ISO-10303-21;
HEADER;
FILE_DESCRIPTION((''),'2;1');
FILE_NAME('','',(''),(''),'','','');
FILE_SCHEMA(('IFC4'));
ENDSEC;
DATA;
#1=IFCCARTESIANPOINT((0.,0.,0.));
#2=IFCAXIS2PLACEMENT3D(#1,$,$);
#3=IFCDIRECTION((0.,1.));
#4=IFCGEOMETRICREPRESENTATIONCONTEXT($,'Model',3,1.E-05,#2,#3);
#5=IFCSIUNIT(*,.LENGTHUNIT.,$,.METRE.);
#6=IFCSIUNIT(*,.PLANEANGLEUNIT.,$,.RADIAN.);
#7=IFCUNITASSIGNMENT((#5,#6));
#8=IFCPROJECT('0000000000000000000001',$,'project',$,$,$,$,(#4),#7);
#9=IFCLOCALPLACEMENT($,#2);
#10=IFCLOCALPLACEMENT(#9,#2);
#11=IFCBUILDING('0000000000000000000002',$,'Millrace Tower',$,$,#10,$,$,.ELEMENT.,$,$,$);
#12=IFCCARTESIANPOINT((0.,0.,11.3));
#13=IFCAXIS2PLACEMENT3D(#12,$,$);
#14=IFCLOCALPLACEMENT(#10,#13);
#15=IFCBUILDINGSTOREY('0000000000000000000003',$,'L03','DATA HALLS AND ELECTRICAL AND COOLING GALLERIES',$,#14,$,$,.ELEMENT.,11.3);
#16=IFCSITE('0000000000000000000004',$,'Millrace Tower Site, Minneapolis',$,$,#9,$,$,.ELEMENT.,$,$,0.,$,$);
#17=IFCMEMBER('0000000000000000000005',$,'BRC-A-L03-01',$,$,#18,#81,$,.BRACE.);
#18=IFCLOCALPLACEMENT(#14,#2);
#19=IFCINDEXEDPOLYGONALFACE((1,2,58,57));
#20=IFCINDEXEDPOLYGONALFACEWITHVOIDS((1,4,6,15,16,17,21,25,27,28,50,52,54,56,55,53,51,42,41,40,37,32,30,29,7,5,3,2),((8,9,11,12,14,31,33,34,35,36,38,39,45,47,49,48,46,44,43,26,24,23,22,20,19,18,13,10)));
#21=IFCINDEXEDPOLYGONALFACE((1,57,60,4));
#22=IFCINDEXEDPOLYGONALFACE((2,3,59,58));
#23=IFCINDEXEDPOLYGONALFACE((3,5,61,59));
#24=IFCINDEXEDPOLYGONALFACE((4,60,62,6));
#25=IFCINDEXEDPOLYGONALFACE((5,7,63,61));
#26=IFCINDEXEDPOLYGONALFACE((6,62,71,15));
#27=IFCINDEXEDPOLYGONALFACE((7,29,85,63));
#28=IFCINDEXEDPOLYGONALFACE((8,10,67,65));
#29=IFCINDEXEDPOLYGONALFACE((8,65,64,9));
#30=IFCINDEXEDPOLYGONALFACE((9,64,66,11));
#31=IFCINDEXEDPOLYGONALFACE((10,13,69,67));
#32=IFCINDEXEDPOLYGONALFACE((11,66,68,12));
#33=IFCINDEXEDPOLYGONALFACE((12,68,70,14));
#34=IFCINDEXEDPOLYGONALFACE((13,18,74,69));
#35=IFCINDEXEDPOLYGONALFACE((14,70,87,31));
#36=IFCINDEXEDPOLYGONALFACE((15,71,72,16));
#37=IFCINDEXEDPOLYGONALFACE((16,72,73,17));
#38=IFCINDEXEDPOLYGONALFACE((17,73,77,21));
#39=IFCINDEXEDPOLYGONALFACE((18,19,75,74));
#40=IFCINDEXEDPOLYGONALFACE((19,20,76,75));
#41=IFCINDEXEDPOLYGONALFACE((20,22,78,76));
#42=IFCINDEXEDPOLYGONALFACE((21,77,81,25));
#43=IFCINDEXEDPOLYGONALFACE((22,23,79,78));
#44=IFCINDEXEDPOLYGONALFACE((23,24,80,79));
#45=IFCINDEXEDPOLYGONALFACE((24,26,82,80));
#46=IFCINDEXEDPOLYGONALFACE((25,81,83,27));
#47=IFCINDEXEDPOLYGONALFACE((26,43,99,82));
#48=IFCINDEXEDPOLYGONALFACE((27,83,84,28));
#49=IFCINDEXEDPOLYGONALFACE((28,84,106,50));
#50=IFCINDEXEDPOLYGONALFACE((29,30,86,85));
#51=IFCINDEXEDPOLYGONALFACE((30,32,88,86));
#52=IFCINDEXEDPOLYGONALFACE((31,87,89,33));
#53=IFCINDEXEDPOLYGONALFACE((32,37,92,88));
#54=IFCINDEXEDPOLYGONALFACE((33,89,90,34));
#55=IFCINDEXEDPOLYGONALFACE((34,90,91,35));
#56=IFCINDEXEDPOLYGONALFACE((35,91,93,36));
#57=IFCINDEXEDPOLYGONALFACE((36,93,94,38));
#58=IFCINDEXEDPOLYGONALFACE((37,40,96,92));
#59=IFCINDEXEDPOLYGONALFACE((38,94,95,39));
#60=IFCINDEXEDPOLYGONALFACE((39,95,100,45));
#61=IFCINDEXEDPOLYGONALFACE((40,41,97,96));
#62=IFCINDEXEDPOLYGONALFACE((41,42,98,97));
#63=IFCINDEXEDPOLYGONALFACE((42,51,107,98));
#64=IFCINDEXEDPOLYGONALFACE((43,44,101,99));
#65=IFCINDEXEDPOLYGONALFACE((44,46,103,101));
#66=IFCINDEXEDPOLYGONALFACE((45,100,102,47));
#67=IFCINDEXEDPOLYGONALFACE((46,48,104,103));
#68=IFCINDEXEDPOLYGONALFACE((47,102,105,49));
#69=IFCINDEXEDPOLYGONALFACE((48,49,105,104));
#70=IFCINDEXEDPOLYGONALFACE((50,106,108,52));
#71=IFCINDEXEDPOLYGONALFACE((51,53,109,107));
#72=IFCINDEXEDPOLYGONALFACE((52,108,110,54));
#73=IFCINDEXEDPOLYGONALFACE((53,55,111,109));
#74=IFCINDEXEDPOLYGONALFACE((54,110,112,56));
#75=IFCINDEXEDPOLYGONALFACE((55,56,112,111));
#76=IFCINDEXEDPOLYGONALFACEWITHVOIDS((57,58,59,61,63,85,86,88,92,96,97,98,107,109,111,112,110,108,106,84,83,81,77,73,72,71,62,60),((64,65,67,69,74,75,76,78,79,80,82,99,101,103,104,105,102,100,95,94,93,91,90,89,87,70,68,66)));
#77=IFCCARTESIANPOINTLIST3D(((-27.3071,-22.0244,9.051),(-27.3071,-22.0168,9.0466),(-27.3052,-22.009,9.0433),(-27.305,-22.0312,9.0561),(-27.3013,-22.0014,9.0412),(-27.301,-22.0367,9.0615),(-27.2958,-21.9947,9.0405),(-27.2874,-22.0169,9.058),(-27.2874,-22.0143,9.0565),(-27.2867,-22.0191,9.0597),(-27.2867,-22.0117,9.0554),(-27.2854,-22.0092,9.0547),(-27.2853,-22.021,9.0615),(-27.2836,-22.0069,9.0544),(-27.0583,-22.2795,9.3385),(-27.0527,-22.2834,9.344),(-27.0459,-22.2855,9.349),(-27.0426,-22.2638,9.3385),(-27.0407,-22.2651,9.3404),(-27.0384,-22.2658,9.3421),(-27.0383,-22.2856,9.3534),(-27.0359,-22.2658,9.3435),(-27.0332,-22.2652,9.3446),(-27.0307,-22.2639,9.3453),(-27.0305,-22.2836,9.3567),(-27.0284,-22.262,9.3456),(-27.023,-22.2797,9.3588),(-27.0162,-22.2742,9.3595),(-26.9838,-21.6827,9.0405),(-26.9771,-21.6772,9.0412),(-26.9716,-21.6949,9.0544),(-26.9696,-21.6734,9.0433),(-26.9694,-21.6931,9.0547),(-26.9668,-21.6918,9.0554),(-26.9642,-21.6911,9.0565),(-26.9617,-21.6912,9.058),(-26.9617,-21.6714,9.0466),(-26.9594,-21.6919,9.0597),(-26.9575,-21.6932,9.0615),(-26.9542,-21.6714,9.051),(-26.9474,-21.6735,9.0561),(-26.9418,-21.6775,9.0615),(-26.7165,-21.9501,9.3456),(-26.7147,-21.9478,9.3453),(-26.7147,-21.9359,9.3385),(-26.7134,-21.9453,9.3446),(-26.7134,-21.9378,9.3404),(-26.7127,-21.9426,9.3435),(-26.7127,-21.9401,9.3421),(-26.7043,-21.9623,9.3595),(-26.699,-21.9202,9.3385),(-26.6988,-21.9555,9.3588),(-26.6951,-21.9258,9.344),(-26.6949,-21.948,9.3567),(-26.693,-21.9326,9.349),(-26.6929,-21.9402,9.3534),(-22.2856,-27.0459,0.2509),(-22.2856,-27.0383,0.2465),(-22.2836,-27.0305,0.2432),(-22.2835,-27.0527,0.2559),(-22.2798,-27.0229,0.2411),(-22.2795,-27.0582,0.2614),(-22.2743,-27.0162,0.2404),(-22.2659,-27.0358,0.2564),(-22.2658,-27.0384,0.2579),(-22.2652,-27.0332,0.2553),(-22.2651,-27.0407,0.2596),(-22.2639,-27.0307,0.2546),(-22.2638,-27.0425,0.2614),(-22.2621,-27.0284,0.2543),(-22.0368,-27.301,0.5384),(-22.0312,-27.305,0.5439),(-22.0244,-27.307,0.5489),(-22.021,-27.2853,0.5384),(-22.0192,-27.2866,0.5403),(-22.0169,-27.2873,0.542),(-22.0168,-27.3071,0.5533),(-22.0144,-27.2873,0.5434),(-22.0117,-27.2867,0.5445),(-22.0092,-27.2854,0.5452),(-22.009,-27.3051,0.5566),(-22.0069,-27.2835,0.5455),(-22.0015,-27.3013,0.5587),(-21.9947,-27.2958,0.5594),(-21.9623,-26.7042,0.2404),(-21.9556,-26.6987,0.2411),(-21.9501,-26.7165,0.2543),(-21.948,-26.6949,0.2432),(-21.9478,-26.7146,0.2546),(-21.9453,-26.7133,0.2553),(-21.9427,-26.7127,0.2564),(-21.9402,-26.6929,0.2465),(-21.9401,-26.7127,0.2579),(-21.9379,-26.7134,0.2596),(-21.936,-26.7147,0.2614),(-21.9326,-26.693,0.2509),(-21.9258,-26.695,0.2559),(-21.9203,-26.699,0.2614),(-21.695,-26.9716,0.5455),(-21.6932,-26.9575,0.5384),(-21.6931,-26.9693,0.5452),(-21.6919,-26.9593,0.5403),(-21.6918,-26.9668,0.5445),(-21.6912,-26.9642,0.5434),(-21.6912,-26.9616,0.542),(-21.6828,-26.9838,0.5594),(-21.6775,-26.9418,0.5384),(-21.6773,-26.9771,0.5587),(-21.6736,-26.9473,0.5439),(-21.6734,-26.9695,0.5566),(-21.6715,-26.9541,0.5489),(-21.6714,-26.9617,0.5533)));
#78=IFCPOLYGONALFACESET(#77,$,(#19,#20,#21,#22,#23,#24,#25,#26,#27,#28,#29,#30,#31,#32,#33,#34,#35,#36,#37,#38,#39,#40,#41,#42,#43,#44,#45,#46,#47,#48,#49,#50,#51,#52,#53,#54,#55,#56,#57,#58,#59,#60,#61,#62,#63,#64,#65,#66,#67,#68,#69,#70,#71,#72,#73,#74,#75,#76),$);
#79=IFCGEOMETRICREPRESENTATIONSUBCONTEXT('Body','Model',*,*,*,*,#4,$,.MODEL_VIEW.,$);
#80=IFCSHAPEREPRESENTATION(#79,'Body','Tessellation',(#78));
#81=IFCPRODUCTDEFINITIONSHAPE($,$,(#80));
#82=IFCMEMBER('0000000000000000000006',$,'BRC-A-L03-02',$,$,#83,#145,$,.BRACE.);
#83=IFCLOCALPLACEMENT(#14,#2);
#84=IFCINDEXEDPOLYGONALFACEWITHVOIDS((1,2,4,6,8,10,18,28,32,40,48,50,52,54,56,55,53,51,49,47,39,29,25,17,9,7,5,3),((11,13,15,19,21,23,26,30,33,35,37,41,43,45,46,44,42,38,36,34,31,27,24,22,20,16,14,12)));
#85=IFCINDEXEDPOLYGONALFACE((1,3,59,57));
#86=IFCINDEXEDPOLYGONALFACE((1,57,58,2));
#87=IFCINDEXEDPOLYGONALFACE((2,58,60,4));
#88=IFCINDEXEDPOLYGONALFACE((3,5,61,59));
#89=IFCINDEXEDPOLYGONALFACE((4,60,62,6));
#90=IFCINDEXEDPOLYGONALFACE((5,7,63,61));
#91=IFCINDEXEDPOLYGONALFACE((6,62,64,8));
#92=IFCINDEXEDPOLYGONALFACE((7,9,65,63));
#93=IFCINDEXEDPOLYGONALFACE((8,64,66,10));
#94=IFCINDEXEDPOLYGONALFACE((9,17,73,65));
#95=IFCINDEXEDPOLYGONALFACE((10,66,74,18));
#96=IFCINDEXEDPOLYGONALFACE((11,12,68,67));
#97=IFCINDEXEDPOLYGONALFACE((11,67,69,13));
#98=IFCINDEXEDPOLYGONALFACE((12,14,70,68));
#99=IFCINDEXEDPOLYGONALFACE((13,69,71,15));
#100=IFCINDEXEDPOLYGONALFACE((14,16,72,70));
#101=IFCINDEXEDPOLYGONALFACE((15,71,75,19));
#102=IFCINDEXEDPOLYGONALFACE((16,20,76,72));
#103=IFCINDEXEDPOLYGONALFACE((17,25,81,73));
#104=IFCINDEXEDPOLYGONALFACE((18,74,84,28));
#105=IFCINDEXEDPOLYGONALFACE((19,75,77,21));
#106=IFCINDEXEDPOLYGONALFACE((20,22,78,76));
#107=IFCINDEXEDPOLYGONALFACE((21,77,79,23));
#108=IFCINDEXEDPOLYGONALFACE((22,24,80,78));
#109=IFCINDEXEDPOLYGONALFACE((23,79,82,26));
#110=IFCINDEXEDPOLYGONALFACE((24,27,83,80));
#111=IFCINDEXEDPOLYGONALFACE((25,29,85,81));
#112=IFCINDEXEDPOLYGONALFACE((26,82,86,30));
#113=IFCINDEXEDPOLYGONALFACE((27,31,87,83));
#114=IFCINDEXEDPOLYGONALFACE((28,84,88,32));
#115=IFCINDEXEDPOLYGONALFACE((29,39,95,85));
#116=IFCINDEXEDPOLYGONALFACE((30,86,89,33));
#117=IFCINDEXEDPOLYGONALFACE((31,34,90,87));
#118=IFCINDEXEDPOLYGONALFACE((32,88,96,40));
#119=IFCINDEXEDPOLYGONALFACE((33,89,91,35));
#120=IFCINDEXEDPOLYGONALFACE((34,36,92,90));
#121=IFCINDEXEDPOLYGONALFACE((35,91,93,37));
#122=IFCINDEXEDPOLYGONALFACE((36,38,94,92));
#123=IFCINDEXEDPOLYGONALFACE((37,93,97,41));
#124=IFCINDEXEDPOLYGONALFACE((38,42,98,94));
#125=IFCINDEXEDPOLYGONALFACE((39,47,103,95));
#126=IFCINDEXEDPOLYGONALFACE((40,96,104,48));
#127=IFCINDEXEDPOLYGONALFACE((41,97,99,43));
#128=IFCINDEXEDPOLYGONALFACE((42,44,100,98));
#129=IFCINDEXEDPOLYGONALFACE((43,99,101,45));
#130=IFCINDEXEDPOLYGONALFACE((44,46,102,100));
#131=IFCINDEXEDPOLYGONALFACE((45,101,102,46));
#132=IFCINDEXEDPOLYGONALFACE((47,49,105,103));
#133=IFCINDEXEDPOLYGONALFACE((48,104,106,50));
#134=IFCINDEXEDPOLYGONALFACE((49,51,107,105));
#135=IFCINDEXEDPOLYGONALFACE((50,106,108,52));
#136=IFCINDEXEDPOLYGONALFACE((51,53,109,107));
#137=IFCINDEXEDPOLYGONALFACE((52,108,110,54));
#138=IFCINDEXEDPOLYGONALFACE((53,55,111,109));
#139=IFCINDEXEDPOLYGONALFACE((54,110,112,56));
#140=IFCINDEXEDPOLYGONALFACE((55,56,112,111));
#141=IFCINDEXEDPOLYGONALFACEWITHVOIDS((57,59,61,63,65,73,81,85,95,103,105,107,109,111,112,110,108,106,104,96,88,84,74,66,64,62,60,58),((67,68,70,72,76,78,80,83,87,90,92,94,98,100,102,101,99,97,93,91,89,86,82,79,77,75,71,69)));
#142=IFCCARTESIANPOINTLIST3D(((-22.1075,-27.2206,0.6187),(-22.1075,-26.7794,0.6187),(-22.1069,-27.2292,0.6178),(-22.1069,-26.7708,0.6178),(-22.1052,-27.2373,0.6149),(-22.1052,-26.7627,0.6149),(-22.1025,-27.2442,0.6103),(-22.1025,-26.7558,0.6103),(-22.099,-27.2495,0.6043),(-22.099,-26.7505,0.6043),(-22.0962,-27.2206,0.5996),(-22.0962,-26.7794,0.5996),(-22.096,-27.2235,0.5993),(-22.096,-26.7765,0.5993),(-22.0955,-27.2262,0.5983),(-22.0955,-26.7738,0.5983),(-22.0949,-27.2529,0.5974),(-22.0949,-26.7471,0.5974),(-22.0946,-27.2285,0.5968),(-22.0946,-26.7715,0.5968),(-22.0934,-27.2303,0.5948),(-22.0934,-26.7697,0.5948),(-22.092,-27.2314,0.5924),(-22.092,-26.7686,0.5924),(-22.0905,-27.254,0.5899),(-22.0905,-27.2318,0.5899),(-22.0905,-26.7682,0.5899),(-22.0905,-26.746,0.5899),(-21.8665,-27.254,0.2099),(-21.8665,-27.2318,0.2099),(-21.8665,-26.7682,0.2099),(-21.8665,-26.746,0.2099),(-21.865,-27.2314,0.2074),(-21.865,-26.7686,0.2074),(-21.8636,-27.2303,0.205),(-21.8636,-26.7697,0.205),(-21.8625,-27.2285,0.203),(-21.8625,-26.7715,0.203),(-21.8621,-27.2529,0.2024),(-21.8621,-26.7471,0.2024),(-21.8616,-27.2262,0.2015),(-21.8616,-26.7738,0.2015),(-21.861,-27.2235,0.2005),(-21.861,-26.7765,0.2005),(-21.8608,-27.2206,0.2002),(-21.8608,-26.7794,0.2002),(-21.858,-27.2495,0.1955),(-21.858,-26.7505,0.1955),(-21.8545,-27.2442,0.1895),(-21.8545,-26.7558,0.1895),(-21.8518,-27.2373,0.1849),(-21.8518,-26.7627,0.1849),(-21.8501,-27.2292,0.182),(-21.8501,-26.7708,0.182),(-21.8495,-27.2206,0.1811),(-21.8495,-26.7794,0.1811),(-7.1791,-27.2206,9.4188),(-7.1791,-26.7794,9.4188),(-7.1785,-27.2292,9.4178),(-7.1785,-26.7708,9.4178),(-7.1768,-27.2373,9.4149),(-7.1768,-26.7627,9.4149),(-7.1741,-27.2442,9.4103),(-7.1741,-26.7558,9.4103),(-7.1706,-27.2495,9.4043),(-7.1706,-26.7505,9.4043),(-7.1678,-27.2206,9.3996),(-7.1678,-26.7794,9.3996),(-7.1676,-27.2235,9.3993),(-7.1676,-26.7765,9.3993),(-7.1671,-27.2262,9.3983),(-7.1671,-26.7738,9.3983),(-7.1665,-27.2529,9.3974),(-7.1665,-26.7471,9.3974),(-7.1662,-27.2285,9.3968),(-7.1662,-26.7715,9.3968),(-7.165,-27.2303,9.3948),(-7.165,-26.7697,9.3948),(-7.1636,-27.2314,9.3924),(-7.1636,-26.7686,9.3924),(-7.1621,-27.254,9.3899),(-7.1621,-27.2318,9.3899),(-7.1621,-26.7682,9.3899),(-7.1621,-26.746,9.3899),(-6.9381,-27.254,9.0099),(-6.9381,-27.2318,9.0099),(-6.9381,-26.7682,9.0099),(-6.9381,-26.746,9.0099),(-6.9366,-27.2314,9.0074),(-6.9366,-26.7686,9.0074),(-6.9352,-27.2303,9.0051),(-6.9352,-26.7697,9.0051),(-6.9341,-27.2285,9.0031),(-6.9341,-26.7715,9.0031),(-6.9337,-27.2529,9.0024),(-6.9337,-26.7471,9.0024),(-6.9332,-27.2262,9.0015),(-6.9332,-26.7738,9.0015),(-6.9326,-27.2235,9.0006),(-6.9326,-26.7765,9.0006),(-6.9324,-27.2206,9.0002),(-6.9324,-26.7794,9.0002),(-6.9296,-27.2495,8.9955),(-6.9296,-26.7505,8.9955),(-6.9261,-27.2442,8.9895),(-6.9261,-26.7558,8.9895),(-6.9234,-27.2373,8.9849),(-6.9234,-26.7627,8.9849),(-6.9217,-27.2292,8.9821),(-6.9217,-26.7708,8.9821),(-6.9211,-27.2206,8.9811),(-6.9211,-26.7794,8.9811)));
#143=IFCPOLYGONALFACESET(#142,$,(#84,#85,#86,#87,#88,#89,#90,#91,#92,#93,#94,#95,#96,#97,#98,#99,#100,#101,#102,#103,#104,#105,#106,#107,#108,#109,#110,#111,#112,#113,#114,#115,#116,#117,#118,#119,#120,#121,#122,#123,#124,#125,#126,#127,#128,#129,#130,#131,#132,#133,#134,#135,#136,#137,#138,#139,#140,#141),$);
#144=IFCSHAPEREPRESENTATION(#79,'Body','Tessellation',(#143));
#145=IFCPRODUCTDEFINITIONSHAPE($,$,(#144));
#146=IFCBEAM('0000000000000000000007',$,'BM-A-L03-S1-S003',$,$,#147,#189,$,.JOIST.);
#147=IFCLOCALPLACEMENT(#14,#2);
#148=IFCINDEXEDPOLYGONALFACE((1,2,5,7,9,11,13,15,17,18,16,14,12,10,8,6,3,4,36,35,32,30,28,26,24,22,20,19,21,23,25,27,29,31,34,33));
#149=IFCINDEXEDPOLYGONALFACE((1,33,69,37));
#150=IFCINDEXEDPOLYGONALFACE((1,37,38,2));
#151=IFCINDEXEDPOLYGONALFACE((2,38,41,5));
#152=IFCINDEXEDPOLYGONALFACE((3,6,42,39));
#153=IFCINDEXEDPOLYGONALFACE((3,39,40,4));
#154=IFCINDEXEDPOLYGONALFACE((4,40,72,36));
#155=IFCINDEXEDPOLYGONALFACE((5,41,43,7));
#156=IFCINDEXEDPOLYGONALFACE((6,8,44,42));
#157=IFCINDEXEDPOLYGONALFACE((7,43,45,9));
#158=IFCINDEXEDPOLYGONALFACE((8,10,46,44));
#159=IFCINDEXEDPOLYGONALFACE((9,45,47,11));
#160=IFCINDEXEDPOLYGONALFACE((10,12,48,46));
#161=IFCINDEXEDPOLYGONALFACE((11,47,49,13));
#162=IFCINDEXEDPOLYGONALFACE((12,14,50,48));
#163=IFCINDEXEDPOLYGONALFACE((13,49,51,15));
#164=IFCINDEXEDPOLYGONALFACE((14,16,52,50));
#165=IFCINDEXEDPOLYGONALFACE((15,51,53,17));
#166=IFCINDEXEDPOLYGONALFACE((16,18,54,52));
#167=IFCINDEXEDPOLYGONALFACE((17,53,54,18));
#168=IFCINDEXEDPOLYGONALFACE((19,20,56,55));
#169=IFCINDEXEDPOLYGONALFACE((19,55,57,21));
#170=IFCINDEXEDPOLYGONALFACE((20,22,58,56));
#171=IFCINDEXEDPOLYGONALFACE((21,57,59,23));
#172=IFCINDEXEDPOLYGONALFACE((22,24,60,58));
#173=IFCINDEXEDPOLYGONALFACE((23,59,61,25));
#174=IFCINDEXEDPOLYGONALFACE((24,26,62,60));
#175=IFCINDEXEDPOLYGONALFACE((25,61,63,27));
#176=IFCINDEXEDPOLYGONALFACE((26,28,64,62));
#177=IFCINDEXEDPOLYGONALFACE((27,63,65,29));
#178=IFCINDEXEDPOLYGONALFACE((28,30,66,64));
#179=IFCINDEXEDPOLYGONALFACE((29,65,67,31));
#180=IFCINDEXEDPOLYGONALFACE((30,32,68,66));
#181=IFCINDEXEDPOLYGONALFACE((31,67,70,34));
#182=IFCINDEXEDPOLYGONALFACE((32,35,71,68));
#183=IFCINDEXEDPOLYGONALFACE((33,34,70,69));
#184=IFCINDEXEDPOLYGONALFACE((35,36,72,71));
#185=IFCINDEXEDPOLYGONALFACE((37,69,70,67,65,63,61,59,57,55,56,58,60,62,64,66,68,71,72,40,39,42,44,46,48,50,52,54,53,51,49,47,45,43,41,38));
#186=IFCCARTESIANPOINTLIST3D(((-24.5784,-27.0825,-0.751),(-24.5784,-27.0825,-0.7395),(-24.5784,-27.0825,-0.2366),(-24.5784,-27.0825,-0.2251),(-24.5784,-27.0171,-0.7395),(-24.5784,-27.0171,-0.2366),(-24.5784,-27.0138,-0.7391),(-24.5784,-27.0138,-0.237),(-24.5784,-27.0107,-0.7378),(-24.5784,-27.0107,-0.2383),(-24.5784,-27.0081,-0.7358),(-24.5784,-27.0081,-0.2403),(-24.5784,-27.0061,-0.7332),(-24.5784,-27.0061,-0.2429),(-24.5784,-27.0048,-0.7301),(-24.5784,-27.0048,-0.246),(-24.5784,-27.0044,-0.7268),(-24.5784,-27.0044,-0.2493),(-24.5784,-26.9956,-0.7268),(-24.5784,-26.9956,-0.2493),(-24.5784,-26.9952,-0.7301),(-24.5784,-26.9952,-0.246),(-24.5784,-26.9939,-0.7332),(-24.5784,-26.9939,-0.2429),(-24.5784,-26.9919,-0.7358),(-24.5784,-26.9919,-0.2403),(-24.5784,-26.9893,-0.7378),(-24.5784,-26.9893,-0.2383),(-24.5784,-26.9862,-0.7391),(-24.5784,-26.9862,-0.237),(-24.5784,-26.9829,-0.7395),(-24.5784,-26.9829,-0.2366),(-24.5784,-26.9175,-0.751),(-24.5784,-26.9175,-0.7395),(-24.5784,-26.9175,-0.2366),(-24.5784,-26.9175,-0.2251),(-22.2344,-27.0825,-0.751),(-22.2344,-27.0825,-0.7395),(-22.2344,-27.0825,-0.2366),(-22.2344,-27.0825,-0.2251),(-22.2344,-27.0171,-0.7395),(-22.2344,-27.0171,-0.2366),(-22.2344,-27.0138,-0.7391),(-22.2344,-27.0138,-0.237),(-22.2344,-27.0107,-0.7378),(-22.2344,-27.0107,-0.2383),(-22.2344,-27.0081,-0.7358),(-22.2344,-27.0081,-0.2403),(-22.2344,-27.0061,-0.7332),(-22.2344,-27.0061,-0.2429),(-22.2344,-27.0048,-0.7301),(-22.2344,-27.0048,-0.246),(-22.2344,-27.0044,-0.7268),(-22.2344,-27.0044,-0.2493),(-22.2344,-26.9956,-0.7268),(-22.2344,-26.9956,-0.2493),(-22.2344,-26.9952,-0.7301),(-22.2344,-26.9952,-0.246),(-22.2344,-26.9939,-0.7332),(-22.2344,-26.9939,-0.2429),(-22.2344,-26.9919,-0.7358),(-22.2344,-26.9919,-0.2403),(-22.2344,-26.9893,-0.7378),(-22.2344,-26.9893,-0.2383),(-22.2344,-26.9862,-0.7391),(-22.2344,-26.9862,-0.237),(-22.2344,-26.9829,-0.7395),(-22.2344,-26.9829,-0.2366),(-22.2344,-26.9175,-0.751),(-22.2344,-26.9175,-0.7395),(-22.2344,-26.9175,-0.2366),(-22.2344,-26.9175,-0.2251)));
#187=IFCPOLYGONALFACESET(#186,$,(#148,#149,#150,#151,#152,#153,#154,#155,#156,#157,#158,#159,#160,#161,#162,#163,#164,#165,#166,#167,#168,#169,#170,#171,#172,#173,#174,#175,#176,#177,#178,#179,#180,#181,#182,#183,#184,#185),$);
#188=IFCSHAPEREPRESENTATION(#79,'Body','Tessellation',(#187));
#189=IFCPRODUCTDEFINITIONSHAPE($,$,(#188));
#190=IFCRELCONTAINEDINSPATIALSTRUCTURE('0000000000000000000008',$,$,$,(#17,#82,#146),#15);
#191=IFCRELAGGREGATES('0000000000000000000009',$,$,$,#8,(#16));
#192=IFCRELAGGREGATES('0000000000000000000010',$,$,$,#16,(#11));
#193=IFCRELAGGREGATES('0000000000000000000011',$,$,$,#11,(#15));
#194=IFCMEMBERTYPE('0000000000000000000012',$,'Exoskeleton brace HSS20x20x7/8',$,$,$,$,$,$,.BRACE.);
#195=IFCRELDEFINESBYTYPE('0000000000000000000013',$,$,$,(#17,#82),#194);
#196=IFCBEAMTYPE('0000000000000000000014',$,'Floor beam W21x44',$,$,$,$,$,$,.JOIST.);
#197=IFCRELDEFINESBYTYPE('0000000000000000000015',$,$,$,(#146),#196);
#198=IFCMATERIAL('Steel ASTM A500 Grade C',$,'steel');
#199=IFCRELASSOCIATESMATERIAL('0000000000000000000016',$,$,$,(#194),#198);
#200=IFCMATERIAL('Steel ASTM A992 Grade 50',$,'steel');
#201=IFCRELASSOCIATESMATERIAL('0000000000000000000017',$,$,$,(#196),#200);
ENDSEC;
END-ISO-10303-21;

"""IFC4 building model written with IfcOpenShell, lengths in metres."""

from ifc_helpers import new_model, si_unit, direction, frame, origin, origin_2d, place, context, subcontext, project, spatial, hollow_rectangle, i_section, extrude, material, material_profile, profile_set, type_object, element, save


model = new_model("IFC4")

# Units and contexts
model_context = context("Model", 3, precision=1e-05, world=origin(), true_north=direction((0.0, 1.0)))
body_context = subcontext(model_context, "Body", "Model", "MODEL_VIEW")
ifc_project = project(units=[si_unit("LENGTHUNIT", "METRE"), si_unit("PLANEANGLEUNIT", "RADIAN")], contexts=[model_context])

# Site, building, storey
site_placement = place(None, origin())
site = spatial("IfcSite", under=ifc_project, at=site_placement, Name="Millrace Tower Site, Minneapolis", CompositionType="ELEMENT", RefElevation=0.0)
building_placement = place(site_placement, origin())
building = spatial("IfcBuilding", under=site, at=building_placement, Name="Millrace Tower", CompositionType="ELEMENT")
storey_placement = place(building_placement, frame((0.0, 0.0, 11.3)))
storey = spatial("IfcBuildingStorey", under=building, at=storey_placement, Name="L03", Description="DATA HALLS AND ELECTRICAL AND COOLING GALLERIES", CompositionType="ELEMENT", Elevation=11.3)

# Members
ifc_material_1 = material(Name="Steel ASTM A500 Grade C", Category="steel")
ifc_material_profile_1 = material_profile(ifc_material_1, hollow_rectangle(XDim=0.5081, YDim=0.5081, WallThickness=0.0222, InnerFilletRadius=0.0112, OuterFilletRadius=0.0334, at=origin_2d()))
ifc_profile_set_1 = profile_set([ifc_material_profile_1], Name="Steel ASTM A500 Grade C")
member_type_1 = type_object("IfcMemberType", Name="Exoskeleton brace HSS20x20x7/8", PredefinedType="BRACE", material=ifc_profile_set_1)
member_1_placement = place(storey_placement, frame((-21.9785, -27.0, 0.3999), z_axis=(-0.444064, 0.444064, 0.778213), x_axis=(-0.707107, -0.707107, 0.0)))
element("IfcMember", 1, at=member_1_placement, inside=storey, type_object=member_type_1, Name="BRC-A-L03-01", PredefinedType="BRACE", context=body_context, shape_type="SweptSolid", body=[
    extrude(hollow_rectangle(XDim=0.5081, YDim=0.5081, WallThickness=0.0222, InnerFilletRadius=0.0112, OuterFilletRadius=0.0334, at=origin_2d()), origin(), (0.0, 0.0, 1.0), 11.3081),
])
member_2_placement = place(storey_placement, frame((-21.9785, -27.0, 0.3999), z_axis=(0.861465, 0.0, 0.507817), x_axis=(0.0, 1.0, 0.0)))
element("IfcMember", 2, at=member_2_placement, inside=storey, type_object=member_type_1, Name="BRC-A-L03-02", PredefinedType="BRACE", context=body_context, shape_type="SweptSolid", body=[
    extrude(hollow_rectangle(XDim=0.5081, YDim=0.5081, WallThickness=0.0222, InnerFilletRadius=0.0112, OuterFilletRadius=0.0334, at=origin_2d()), origin(), (0.0, 0.0, 1.0), 17.3291),
])

# Beam
ifc_material_2 = material(Name="Steel ASTM A992 Grade 50", Category="steel")
ifc_material_profile_2 = material_profile(ifc_material_2, i_section(OverallWidth=0.165, OverallDepth=0.5259, WebThickness=0.0088, FlangeThickness=0.0115, FilletRadius=0.0127, at=origin_2d()))
ifc_profile_set_2 = profile_set([ifc_material_profile_2], Name="Steel ASTM A992 Grade 50")
beam_type_1 = type_object("IfcBeamType", Name="Floor beam W21x44", PredefinedType="JOIST", material=ifc_profile_set_2)
beam_1_placement = place(storey_placement, frame((-24.5784, -27.0, -0.488), z_axis=(1.0, 0.0, 0.0), x_axis=(0.0, 1.0, 0.0)))
element("IfcBeam", 3, at=beam_1_placement, inside=storey, type_object=beam_type_1, Name="BM-A-L03-S1-S003", PredefinedType="JOIST", context=body_context, shape_type="SweptSolid", body=[
    extrude(i_section(OverallWidth=0.165, OverallDepth=0.5259, WebThickness=0.0088, FlangeThickness=0.0115, FilletRadius=0.0127, at=origin_2d()), origin(), (0.0, 0.0, 1.0), 2.344),
])

save(model, "model.ifc")
